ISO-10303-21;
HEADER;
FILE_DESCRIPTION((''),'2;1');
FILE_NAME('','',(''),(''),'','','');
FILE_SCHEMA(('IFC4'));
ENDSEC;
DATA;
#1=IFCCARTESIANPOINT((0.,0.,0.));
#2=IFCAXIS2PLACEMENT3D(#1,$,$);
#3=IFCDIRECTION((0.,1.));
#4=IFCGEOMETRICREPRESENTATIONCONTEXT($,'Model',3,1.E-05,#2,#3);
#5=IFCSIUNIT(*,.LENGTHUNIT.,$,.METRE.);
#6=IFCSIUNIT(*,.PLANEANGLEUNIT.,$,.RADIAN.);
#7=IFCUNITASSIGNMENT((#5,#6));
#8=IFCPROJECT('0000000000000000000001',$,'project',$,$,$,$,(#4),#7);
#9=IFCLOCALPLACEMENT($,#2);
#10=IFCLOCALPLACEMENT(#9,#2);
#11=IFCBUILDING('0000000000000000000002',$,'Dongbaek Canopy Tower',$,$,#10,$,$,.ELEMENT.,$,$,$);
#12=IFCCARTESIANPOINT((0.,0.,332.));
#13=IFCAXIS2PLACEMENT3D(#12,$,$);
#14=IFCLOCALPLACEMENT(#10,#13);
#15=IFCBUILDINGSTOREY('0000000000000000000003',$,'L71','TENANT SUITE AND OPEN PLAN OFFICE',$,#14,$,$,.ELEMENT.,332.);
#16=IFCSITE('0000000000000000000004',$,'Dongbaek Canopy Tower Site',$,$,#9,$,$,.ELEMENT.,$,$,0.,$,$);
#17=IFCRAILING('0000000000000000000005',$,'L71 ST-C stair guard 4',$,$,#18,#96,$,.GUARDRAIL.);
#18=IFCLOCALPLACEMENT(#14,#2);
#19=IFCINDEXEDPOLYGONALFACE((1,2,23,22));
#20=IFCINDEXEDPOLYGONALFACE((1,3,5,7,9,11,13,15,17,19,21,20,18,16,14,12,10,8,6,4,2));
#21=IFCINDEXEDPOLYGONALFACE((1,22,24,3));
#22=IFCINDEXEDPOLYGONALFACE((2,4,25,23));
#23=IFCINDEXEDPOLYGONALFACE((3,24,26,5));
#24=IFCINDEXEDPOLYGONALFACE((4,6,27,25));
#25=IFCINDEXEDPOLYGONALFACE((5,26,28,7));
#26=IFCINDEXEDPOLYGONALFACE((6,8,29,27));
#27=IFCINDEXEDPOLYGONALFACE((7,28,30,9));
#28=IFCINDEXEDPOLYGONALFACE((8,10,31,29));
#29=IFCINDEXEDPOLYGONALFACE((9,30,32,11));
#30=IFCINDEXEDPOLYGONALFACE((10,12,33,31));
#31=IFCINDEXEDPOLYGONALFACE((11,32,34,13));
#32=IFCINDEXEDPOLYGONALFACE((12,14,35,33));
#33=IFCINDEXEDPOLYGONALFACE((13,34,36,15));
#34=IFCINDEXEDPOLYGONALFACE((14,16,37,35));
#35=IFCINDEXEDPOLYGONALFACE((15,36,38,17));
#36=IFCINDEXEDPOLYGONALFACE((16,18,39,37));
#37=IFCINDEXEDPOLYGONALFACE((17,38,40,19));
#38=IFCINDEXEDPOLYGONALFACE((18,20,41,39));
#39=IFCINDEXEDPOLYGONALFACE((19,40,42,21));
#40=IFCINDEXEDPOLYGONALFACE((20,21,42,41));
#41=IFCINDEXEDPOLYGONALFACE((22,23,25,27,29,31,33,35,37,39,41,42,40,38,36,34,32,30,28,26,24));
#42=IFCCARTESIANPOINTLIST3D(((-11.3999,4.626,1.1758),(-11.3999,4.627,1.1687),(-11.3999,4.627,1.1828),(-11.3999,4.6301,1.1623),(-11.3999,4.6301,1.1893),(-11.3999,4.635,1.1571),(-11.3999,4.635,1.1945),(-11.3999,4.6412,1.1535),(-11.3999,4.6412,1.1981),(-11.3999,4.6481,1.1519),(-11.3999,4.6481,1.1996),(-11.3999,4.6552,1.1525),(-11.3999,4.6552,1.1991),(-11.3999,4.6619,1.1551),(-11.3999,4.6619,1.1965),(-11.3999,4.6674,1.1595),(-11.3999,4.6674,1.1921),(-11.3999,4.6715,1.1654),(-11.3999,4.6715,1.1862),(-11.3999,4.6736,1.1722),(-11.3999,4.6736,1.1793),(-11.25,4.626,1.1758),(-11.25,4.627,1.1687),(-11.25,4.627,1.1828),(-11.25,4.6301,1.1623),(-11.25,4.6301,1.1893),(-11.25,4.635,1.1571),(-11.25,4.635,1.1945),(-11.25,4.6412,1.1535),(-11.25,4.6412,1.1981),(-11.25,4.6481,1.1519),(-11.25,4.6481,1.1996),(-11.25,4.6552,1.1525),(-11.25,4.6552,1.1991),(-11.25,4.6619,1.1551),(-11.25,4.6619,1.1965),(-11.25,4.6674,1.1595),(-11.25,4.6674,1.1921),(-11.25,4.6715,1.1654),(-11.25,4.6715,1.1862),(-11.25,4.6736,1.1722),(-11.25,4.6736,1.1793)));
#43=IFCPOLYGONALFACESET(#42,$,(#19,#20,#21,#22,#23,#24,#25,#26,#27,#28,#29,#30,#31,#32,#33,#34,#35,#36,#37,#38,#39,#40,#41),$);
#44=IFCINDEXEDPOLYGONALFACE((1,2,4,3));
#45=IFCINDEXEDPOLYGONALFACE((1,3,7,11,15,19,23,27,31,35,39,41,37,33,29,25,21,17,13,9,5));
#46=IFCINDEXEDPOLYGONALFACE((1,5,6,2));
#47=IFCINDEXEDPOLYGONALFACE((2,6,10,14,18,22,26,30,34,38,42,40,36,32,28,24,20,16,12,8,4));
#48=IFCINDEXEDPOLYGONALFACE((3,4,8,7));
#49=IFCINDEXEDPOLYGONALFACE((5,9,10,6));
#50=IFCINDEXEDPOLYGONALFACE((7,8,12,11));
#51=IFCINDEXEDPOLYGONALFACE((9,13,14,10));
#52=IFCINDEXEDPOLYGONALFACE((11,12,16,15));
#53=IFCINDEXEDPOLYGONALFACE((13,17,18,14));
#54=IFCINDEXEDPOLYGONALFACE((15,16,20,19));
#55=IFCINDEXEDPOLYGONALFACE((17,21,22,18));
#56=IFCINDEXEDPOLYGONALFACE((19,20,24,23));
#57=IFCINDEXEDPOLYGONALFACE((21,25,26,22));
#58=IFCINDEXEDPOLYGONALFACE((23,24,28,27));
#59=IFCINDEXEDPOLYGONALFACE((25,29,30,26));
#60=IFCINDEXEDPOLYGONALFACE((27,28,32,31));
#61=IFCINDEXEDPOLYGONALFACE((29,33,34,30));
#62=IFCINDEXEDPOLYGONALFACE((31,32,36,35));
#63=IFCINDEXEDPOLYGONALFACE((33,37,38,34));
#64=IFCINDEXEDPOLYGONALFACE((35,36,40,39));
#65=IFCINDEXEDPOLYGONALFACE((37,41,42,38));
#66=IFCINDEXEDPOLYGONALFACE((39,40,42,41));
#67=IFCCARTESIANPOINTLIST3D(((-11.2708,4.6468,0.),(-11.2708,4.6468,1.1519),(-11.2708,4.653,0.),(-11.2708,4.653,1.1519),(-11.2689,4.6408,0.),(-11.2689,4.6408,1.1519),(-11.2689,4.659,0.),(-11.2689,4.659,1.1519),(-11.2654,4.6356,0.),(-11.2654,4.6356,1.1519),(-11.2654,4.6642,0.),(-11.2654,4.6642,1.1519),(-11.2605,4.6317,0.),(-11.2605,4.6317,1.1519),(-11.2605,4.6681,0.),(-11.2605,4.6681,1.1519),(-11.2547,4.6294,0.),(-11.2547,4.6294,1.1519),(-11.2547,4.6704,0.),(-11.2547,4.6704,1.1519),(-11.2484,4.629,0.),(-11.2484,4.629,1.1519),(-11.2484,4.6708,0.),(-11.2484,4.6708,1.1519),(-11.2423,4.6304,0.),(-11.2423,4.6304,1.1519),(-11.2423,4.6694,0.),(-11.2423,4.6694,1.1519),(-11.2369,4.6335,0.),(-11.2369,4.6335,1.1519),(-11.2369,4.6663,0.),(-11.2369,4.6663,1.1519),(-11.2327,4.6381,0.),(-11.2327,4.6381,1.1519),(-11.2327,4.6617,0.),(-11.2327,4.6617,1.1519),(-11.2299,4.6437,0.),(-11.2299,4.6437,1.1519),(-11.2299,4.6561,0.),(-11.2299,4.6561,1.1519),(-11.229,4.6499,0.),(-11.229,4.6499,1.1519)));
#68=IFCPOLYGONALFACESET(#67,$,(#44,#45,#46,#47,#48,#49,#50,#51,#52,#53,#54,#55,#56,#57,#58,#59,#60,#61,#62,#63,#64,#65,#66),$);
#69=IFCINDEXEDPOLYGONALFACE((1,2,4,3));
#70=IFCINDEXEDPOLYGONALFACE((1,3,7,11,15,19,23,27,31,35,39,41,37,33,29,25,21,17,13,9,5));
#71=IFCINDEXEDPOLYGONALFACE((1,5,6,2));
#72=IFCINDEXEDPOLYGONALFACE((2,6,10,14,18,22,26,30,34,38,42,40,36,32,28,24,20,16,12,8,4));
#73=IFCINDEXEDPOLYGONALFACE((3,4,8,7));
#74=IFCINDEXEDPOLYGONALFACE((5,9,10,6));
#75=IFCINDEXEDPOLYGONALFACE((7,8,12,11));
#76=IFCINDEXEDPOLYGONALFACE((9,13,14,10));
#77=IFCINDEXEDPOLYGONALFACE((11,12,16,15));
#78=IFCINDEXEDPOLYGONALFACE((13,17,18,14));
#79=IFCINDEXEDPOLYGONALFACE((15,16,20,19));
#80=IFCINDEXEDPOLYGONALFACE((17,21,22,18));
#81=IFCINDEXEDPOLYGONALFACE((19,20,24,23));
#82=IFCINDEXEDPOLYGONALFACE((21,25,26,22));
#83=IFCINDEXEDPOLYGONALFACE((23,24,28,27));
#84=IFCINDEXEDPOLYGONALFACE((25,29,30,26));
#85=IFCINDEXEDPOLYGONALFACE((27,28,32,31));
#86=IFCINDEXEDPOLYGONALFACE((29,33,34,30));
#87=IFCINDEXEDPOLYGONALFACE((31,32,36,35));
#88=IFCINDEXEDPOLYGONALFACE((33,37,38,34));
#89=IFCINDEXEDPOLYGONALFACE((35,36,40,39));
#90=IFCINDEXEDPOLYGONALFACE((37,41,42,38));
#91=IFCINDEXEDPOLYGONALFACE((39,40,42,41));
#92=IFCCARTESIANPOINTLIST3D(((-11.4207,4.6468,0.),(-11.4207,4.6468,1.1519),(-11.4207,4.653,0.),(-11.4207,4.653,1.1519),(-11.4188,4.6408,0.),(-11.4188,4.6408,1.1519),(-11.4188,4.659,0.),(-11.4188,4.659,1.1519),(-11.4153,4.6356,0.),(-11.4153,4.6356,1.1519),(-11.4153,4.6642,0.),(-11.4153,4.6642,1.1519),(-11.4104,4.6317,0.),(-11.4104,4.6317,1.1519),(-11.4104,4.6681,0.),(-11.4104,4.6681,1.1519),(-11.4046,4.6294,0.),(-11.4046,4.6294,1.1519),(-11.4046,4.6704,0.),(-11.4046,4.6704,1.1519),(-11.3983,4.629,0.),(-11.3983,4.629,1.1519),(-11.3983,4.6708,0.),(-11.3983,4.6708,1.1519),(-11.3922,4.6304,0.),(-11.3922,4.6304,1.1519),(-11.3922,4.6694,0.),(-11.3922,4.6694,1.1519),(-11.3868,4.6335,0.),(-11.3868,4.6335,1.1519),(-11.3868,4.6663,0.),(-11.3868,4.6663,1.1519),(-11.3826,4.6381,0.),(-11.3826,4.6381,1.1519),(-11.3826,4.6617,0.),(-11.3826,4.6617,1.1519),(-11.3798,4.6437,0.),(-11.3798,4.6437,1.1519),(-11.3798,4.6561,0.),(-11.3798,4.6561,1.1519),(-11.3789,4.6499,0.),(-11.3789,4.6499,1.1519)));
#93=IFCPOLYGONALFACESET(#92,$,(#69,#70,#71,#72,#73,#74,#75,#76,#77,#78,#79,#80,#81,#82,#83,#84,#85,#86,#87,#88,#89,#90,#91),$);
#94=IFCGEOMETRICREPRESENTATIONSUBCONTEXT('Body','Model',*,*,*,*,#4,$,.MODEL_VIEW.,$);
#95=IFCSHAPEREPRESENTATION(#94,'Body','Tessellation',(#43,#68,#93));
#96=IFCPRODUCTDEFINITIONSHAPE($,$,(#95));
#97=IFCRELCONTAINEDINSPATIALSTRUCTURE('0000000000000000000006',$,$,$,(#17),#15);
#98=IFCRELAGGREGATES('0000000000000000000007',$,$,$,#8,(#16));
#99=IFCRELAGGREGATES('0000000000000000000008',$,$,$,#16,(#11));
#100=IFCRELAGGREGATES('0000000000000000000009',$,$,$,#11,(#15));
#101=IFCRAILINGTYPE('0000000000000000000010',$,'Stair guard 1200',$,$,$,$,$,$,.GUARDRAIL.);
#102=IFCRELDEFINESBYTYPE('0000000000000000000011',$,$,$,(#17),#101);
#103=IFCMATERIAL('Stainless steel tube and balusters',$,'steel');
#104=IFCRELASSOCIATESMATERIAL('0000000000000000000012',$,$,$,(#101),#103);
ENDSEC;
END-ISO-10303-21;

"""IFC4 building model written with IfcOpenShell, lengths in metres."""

from ifc_helpers import new_model, si_unit, direction, frame, origin, origin_2d, place, context, subcontext, project, spatial, circle, extrude, material, type_object, element, save


model = new_model("IFC4")

# Units and contexts
model_context = context("Model", 3, precision=1e-05, world=origin(), true_north=direction((0.0, 1.0)))
body_context = subcontext(model_context, "Body", "Model", "MODEL_VIEW")
ifc_project = project(units=[si_unit("LENGTHUNIT", "METRE"), si_unit("PLANEANGLEUNIT", "RADIAN")], contexts=[model_context])

# Site, building, storey
site_placement = place(None, origin())
site = spatial("IfcSite", under=ifc_project, at=site_placement, Name="Dongbaek Canopy Tower Site", CompositionType="ELEMENT", RefElevation=0.0)
building_placement = place(site_placement, origin())
building = spatial("IfcBuilding", under=site, at=building_placement, Name="Dongbaek Canopy Tower", CompositionType="ELEMENT")
storey_placement = place(building_placement, frame((0.0, 0.0, 332.0)))
storey = spatial("IfcBuildingStorey", under=building, at=storey_placement, Name="L71", Description="TENANT SUITE AND OPEN PLAN OFFICE", CompositionType="ELEMENT", Elevation=332.0)

# Railing
ifc_material_1 = material(Name="Stainless steel tube and balusters", Category="steel")
railing_type_1 = type_object("IfcRailingType", Name="Stair guard 1200", PredefinedType="GUARDRAIL", material=ifc_material_1)
railing_1_placement = place(storey_placement, frame((-11.25, 4.6499, 0.0)))
element("IfcRailing", 1, at=railing_1_placement, inside=storey, type_object=railing_type_1, Name="L71 ST-C stair guard 4", PredefinedType="GUARDRAIL", context=body_context, shape_type="SweptSolid", body=[
    extrude(circle(Radius=0.0239, at=origin_2d()), frame((0.0, 0.0, 1.1758), z_axis=(-1.0, 0.0, 0.0), x_axis=(0.0, -1.0, 0.0)), (0.0, 0.0, 1.0), 0.1499),
    extrude(circle(Radius=0.021, at=origin_2d()), origin(), (0.0, 0.0, 1.0), 1.1519),
    extrude(circle(Radius=0.021, at=origin_2d()), frame((-0.1499, 0.0, 0.0)), (0.0, 0.0, 1.0), 1.1519),
])

save(model, "model.ifc")
